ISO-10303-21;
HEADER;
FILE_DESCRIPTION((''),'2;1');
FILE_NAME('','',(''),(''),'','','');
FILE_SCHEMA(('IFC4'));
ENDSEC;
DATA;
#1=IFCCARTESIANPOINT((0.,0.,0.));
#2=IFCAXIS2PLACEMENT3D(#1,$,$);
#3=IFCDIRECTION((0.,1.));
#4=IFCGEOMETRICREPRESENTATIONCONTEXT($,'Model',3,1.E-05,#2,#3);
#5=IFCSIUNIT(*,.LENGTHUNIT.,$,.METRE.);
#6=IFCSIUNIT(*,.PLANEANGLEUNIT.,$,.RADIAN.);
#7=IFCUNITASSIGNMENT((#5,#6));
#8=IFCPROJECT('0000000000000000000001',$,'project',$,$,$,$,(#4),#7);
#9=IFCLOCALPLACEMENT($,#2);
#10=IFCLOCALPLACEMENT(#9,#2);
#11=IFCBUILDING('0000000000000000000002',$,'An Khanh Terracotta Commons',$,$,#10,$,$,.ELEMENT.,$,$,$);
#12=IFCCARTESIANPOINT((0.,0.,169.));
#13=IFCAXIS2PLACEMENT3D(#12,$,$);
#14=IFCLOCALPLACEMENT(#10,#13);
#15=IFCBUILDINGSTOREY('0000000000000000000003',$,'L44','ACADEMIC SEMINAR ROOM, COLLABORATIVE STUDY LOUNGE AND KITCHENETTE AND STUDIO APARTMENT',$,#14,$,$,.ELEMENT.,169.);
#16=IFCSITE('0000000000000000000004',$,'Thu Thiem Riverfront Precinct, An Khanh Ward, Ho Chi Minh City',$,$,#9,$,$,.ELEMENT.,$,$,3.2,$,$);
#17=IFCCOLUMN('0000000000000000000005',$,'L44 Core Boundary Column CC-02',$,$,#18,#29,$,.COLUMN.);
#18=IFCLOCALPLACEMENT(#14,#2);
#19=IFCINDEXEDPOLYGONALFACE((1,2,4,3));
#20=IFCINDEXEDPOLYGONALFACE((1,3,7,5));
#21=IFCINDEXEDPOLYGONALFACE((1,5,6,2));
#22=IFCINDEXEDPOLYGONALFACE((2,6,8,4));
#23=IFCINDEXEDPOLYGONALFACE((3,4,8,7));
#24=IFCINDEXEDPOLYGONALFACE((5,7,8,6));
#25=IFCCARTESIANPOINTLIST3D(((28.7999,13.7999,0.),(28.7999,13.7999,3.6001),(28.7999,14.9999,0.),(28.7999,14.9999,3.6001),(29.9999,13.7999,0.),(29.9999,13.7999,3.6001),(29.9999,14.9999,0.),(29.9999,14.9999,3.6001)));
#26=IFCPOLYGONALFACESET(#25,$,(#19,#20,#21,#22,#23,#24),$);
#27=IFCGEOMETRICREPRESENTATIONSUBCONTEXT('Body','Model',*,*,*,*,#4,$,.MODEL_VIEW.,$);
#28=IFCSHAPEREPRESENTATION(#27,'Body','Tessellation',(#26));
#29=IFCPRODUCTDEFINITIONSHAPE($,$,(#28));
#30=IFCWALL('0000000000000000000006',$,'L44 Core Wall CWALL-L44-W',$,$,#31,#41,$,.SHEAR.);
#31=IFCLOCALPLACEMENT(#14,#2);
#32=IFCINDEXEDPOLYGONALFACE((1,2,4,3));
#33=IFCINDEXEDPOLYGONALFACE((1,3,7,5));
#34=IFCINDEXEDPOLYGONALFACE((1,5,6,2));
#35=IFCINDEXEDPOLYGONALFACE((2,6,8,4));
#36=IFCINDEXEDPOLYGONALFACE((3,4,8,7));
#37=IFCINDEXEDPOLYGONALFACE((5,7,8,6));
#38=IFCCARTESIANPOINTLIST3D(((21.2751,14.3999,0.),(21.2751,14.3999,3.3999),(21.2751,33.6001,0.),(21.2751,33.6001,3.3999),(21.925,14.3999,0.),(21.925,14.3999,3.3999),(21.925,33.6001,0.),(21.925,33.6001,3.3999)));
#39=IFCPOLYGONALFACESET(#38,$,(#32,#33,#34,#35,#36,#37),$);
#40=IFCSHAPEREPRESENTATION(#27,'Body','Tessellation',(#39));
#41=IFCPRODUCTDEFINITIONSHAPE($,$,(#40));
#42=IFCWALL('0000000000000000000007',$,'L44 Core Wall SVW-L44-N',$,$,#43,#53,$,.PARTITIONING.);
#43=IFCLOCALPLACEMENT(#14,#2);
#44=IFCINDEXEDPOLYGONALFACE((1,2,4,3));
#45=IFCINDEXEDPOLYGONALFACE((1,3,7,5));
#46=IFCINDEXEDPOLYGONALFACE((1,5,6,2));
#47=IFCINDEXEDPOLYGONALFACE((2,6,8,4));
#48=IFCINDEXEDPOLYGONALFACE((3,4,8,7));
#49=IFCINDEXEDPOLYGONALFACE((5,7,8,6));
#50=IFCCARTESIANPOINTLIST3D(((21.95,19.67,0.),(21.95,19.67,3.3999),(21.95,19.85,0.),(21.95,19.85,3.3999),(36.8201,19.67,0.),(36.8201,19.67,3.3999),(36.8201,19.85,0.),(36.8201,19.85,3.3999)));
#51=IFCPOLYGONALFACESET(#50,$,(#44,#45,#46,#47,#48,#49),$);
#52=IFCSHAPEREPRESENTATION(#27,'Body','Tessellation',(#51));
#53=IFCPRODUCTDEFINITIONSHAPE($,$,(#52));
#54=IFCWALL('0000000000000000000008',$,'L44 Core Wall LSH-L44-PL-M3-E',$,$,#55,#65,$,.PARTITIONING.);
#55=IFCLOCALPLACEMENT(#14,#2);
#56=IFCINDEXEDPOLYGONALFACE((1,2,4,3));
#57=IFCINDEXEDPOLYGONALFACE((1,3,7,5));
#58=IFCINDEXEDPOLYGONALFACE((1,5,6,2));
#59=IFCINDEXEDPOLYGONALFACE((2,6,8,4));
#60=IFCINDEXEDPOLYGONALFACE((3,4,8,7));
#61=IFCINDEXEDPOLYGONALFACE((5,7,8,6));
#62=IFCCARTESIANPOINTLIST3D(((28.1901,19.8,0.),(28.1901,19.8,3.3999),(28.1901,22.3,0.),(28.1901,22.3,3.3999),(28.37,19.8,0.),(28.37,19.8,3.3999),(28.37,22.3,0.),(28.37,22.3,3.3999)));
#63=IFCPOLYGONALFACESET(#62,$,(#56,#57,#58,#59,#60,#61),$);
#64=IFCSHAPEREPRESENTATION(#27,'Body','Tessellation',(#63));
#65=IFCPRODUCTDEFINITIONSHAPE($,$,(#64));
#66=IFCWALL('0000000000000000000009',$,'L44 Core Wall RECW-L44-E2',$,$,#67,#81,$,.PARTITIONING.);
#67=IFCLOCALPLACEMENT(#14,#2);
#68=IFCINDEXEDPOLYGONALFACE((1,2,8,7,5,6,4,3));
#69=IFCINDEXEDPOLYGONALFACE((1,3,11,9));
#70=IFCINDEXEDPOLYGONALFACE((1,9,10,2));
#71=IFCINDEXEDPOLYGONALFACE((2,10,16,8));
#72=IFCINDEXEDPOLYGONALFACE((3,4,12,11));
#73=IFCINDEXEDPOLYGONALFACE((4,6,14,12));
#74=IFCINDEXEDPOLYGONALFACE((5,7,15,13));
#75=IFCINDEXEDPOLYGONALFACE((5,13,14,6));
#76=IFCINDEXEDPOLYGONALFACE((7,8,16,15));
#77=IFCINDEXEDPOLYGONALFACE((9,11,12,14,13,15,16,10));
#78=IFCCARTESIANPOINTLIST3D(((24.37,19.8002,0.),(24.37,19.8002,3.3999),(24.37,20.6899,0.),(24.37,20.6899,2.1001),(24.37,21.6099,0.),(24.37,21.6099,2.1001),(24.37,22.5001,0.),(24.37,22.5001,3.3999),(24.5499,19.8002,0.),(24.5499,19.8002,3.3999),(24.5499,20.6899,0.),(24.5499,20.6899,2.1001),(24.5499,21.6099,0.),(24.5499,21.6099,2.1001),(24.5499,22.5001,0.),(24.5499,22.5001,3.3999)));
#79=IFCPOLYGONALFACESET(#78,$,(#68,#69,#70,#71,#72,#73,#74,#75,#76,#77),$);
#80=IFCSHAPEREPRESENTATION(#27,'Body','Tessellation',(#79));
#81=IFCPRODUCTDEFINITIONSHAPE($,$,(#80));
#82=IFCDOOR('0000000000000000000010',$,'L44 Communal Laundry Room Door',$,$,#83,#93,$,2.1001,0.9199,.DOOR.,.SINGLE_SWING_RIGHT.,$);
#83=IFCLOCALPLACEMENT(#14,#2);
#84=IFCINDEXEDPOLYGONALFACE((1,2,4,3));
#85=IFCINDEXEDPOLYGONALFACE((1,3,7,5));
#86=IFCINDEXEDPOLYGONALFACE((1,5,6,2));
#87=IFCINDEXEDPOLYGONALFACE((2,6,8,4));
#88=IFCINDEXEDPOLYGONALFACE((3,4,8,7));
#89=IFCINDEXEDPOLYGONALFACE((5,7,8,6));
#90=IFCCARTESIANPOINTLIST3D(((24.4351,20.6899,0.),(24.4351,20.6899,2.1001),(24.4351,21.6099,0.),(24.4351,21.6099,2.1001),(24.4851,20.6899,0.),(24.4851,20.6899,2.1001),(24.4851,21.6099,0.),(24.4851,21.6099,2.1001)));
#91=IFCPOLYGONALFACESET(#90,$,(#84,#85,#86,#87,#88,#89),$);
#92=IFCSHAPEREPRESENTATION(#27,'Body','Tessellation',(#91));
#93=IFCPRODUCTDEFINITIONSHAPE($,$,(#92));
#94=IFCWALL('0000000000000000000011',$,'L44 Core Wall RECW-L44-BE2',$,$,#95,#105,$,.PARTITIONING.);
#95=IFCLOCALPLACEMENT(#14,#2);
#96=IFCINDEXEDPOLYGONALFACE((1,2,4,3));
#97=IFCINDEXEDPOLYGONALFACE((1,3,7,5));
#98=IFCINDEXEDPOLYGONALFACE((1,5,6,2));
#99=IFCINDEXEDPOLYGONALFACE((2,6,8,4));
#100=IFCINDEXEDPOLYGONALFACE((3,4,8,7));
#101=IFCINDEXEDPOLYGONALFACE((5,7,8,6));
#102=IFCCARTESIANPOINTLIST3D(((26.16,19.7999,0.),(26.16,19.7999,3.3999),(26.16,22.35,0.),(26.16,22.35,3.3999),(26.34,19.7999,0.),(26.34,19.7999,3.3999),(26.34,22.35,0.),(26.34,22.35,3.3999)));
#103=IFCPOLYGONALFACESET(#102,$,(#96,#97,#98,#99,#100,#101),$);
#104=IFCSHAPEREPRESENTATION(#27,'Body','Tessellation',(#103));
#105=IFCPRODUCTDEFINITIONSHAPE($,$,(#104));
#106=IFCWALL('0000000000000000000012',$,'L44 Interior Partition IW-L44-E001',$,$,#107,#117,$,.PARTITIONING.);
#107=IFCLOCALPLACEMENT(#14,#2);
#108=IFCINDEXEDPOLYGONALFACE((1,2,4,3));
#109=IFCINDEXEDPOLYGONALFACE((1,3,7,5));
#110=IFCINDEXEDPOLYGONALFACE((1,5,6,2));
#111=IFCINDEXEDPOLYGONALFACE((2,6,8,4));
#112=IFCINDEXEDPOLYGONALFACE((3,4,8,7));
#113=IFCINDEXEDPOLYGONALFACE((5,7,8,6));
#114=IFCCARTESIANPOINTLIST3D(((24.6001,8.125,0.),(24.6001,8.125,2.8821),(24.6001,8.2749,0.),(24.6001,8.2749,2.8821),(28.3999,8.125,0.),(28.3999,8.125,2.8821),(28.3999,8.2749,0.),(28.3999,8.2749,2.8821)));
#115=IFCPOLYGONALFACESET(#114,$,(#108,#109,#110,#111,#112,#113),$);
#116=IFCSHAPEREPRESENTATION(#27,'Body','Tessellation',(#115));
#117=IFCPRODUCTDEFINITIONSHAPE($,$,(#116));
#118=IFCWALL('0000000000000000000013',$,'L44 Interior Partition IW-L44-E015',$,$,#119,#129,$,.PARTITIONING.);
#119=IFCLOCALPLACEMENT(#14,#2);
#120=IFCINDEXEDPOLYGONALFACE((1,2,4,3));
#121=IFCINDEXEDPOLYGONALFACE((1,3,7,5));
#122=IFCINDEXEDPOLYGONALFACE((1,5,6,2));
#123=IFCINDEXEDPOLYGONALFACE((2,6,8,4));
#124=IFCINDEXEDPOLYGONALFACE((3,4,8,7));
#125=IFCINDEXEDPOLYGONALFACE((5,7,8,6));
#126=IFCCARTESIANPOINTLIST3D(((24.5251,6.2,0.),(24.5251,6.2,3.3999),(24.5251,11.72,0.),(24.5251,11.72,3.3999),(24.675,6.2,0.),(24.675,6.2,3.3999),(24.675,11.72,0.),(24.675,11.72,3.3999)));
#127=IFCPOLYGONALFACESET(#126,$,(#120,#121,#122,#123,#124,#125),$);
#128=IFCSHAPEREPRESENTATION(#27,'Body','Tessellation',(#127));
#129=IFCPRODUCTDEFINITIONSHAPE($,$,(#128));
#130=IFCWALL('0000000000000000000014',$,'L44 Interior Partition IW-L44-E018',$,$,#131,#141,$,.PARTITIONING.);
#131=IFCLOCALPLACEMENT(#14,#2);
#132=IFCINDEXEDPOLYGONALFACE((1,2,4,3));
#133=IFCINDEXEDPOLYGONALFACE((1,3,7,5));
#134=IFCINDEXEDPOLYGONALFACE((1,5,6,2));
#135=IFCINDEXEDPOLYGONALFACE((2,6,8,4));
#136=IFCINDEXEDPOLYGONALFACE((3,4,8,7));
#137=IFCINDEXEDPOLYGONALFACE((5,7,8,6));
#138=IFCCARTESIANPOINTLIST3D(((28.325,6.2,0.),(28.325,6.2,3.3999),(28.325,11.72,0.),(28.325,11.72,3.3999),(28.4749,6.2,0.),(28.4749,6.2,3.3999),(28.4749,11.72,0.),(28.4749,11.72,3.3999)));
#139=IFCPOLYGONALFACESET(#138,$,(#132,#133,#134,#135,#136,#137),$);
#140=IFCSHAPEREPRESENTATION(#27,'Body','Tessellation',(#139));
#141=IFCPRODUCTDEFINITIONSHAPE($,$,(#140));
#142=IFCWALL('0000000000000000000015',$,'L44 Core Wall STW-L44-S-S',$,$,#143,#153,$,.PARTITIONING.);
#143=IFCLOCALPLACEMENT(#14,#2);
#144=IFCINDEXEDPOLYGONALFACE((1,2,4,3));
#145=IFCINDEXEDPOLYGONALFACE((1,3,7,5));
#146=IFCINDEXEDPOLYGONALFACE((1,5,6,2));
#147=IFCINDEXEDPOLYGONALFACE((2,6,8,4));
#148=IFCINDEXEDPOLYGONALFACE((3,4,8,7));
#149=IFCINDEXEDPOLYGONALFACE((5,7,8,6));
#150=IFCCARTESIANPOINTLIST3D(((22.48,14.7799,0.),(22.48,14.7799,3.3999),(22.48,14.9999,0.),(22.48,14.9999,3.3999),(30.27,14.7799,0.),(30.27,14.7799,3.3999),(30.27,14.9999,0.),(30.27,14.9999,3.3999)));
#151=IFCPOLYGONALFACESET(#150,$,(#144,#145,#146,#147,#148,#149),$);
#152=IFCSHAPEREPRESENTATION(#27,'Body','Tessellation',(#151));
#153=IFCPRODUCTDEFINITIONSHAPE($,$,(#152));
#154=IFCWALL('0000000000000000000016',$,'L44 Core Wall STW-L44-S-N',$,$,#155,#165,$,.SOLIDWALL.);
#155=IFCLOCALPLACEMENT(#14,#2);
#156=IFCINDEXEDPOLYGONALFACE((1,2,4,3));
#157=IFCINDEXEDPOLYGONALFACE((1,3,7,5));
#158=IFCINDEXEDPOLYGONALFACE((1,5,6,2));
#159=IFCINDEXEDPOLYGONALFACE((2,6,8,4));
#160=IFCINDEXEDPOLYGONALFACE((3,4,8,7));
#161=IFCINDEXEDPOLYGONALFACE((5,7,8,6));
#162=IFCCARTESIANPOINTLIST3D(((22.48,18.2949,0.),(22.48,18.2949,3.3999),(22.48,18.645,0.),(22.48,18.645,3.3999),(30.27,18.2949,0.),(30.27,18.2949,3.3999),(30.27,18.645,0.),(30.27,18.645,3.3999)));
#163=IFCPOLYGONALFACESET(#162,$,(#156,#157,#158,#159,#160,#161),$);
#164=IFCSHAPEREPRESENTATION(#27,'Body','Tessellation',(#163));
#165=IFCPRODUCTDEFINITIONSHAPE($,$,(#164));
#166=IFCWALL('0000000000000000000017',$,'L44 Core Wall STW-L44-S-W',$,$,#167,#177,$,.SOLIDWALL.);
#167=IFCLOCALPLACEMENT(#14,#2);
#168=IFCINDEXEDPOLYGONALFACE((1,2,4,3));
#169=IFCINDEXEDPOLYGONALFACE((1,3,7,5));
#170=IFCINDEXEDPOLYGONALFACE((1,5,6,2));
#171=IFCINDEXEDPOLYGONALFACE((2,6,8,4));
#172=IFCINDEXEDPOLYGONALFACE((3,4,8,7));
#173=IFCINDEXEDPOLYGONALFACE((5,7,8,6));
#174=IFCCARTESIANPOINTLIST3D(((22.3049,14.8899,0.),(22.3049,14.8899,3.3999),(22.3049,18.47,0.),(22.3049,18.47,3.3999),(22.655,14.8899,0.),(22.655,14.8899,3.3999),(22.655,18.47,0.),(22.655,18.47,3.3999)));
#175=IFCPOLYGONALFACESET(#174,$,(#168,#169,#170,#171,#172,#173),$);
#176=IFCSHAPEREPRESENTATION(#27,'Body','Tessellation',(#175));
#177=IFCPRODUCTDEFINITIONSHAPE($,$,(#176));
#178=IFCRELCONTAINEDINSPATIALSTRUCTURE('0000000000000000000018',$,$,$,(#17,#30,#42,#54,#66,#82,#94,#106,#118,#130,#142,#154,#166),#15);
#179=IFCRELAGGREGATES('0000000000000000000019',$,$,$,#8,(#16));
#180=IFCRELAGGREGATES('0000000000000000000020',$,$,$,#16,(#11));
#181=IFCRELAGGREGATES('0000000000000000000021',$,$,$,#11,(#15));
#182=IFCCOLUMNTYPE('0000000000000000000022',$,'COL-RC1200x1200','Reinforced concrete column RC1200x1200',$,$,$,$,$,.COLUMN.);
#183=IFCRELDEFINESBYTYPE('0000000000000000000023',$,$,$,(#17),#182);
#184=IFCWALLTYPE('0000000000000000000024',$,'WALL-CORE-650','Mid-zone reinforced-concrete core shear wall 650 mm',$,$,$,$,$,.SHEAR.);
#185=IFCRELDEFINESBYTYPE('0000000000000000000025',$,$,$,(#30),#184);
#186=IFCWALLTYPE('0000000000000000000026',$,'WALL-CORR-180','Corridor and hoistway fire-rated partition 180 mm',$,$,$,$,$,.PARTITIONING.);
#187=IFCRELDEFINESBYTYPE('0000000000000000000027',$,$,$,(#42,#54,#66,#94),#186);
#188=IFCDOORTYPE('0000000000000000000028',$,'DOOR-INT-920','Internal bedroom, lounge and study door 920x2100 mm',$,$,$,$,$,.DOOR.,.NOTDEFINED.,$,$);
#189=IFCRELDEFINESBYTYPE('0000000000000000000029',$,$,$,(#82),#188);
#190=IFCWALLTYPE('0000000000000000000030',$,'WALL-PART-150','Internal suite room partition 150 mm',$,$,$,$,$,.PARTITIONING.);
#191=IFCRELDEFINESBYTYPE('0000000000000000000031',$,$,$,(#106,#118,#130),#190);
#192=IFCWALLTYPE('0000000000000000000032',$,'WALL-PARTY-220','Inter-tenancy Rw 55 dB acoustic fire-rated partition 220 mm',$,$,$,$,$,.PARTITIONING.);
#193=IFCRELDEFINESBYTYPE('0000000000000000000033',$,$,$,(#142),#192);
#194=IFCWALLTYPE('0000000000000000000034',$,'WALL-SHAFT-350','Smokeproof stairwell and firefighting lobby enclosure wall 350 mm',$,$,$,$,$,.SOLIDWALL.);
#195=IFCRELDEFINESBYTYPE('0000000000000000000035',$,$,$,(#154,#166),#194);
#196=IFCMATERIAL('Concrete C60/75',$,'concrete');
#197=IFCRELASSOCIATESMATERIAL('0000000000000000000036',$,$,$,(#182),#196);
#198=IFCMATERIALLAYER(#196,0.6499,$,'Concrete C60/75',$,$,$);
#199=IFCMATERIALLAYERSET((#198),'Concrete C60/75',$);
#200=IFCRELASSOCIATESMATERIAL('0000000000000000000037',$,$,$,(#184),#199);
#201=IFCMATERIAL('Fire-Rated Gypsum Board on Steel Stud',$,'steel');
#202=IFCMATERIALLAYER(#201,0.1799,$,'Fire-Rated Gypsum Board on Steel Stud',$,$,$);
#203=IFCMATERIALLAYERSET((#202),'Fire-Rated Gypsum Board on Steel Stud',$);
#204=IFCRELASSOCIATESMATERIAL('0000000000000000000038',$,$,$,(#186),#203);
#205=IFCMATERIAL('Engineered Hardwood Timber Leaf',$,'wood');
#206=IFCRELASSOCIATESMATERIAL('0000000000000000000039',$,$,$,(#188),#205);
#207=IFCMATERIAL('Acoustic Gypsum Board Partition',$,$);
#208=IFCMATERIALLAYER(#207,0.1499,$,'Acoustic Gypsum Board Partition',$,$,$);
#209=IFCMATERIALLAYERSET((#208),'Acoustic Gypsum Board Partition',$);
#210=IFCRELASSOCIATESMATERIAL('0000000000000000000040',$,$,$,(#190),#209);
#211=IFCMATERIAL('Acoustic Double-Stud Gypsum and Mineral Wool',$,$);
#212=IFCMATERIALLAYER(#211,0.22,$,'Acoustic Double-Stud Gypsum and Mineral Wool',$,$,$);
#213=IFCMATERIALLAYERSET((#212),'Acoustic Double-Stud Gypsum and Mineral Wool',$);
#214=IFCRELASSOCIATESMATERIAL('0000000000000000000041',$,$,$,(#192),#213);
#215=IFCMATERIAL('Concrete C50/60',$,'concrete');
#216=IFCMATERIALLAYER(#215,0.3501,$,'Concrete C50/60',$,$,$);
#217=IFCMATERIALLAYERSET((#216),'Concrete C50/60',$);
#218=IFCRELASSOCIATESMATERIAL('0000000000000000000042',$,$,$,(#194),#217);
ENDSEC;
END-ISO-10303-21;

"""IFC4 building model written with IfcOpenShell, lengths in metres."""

from ifc_helpers import new_model, si_unit, direction, frame, frame_2d, origin, origin_2d, place, context, subcontext, project, spatial, rectangle, extrude, material, layer, layer_set, material_profile, profile_set, type_object, element, fill, save


model = new_model("IFC4")

# Units and contexts
model_context = context("Model", 3, precision=1e-05, world=origin(), true_north=direction((0.0, 1.0)))
body_context = subcontext(model_context, "Body", "Model", "MODEL_VIEW")
ifc_project = project(units=[si_unit("LENGTHUNIT", "METRE"), si_unit("PLANEANGLEUNIT", "RADIAN")], contexts=[model_context])

# Site, building, storey
site_placement = place(None, origin())
site = spatial("IfcSite", under=ifc_project, at=site_placement, Name="Thu Thiem Riverfront Precinct, An Khanh Ward, Ho Chi Minh City", CompositionType="ELEMENT", RefElevation=3.2)
building_placement = place(site_placement, origin())
building = spatial("IfcBuilding", under=site, at=building_placement, Name="An Khanh Terracotta Commons", CompositionType="ELEMENT")
storey_placement = place(building_placement, frame((0.0, 0.0, 169.0)))
storey = spatial("IfcBuildingStorey", under=building, at=storey_placement, Name="L44", Description="ACADEMIC SEMINAR ROOM, COLLABORATIVE STUDY LOUNGE AND KITCHENETTE AND STUDIO APARTMENT", CompositionType="ELEMENT", Elevation=169.0)

# Column
ifc_material_1 = material(Name="Concrete C60/75", Category="concrete")
ifc_material_profile = material_profile(ifc_material_1, rectangle(XDim=1.2, YDim=1.2, at=origin_2d()), Name="RC1200x1200")
ifc_profile_set = profile_set([ifc_material_profile], Name="Concrete C60/75")
column_type = type_object("IfcColumnType", Name="COL-RC1200x1200", Description="Reinforced concrete column RC1200x1200", PredefinedType="COLUMN", material=ifc_profile_set)
column_placement = place(storey_placement, frame((29.3999, 14.3999, 0.0), z_axis=(0.0, 0.0, 1.0), x_axis=(1.0, 0.0, 0.0)))
element("IfcColumn", 1, at=column_placement, inside=storey, type_object=column_type, Name="L44 Core Boundary Column CC-02", PredefinedType="COLUMN", context=body_context, shape_type="SweptSolid", body=[
    extrude(rectangle(XDim=1.2, YDim=1.2, at=origin_2d()), origin(), (0.0, 0.0, 1.0), 3.6001),
])

# Walls
ifc_layer_1 = layer(ifc_material_1, 0.6499, Name="Concrete C60/75")
ifc_layer_set_1 = layer_set([ifc_layer_1], Name="Concrete C60/75")
wall_type_1 = type_object("IfcWallType", Name="WALL-CORE-650", Description="Mid-zone reinforced-concrete core shear wall 650 mm", PredefinedType="SHEAR", material=ifc_layer_set_1)
wall_1_placement = place(storey_placement, frame((21.6001, 14.3999, 0.0), z_axis=(0.0, 0.0, 1.0), x_axis=(0.0, 1.0, 0.0)))
element("IfcWall", 2, at=wall_1_placement, inside=storey, type_object=wall_type_1, Name="L44 Core Wall CWALL-L44-W", PredefinedType="SHEAR", context=body_context, shape_type="SweptSolid", body=[
    extrude(rectangle(XDim=19.2002, YDim=0.6499, at=frame_2d((9.6001, 0.0))), origin(), (0.0, 0.0, 1.0), 3.3999),
])
ifc_material_2 = material(Name="Fire-Rated Gypsum Board on Steel Stud", Category="steel")
ifc_layer_2 = layer(ifc_material_2, 0.1799, Name="Fire-Rated Gypsum Board on Steel Stud")
ifc_layer_set_2 = layer_set([ifc_layer_2], Name="Fire-Rated Gypsum Board on Steel Stud")
wall_type_2 = type_object("IfcWallType", Name="WALL-CORR-180", Description="Corridor and hoistway fire-rated partition 180 mm", PredefinedType="PARTITIONING", material=ifc_layer_set_2)
wall_2_placement = place(storey_placement, frame((21.95, 19.76, 0.0), z_axis=(0.0, 0.0, 1.0), x_axis=(1.0, 0.0, 0.0)))
element("IfcWall", 3, at=wall_2_placement, inside=storey, type_object=wall_type_2, Name="L44 Core Wall SVW-L44-N", PredefinedType="PARTITIONING", context=body_context, shape_type="SweptSolid", body=[
    extrude(rectangle(XDim=14.8701, YDim=0.1799, at=frame_2d((7.4351, 0.0))), origin(), (0.0, 0.0, 1.0), 3.3999),
])
wall_3_placement = place(storey_placement, frame((28.28, 19.8, 0.0), z_axis=(0.0, 0.0, 1.0), x_axis=(0.0, 1.0, 0.0)))
element("IfcWall", 4, at=wall_3_placement, inside=storey, type_object=wall_type_2, Name="L44 Core Wall LSH-L44-PL-M3-E", PredefinedType="PARTITIONING", context=body_context, shape_type="SweptSolid", body=[
    extrude(rectangle(XDim=2.5, YDim=0.1799, at=frame_2d((1.25, 0.0))), origin(), (0.0, 0.0, 1.0), 3.3999),
])

# Wall, opening, door
wall_4_placement = place(storey_placement, frame((24.46, 19.8, 0.0), z_axis=(0.0, 0.0, 1.0), x_axis=(0.0, 1.0, 0.0)))
wall_4 = element("IfcWall", 5, at=wall_4_placement, inside=storey, type_object=wall_type_2, Name="L44 Core Wall RECW-L44-E2", PredefinedType="PARTITIONING", context=body_context, shape_type="SweptSolid", body=[
    extrude(rectangle(XDim=2.7, YDim=0.1799, at=frame_2d((1.3501, 0.0))), origin(), (0.0, 0.0, 1.0), 3.3999),
])
opening_placement = place(wall_4_placement, frame((0.8899, 0.0, 0.0)))
opening = element("IfcOpeningElement", 6, at=opening_placement, cuts=wall_4, PredefinedType="OPENING", context=body_context, shape_type="SweptSolid", body=[
    extrude(rectangle(XDim=0.9199, YDim=2.1001, at=frame_2d((0.46, 1.05))), frame((0.0, 0.0999, 0.0), z_axis=(0.0, -1.0, 0.0), x_axis=(1.0, 0.0, 0.0)), (0.0, 0.0, 1.0), 0.2),
])
ifc_material_3 = material(Name="Engineered Hardwood Timber Leaf", Category="wood")
door_type = type_object("IfcDoorType", Name="DOOR-INT-920", Description="Internal bedroom, lounge and study door 920x2100 mm", OperationType="NOTDEFINED", PredefinedType="DOOR", material=ifc_material_3)
door_placement = place(opening_placement, origin())
door = element("IfcDoor", 7, at=door_placement, inside=storey, type_object=door_type, Name="L44 Communal Laundry Room Door", OperationType="SINGLE_SWING_RIGHT", OverallHeight=2.1001, OverallWidth=0.9199, PredefinedType="DOOR", context=body_context, shape_type="SweptSolid", body=[
    extrude(rectangle(XDim=0.9199, YDim=2.1001, at=frame_2d((0.46, 1.05))), frame((0.0, 0.0249, 0.0), z_axis=(0.0, -1.0, 0.0), x_axis=(1.0, 0.0, 0.0)), (0.0, 0.0, 1.0), 0.05),
])
fill(opening, door)

# Walls
wall_5_placement = place(storey_placement, frame((26.25, 19.8, 0.0), z_axis=(0.0, 0.0, 1.0), x_axis=(0.0, 1.0, 0.0)))
element("IfcWall", 8, at=wall_5_placement, inside=storey, type_object=wall_type_2, Name="L44 Core Wall RECW-L44-BE2", PredefinedType="PARTITIONING", context=body_context, shape_type="SweptSolid", body=[
    extrude(rectangle(XDim=2.55, YDim=0.1799, at=frame_2d((1.2749, 0.0))), origin(), (0.0, 0.0, 1.0), 3.3999),
])
ifc_material_4 = material(Name="Acoustic Gypsum Board Partition")
ifc_layer_3 = layer(ifc_material_4, 0.1499, Name="Acoustic Gypsum Board Partition")
ifc_layer_set_3 = layer_set([ifc_layer_3], Name="Acoustic Gypsum Board Partition")
wall_type_3 = type_object("IfcWallType", Name="WALL-PART-150", Description="Internal suite room partition 150 mm", PredefinedType="PARTITIONING", material=ifc_layer_set_3)
wall_6_placement = place(storey_placement, frame((24.6001, 8.2, 0.0), z_axis=(0.0, 0.0, 1.0), x_axis=(1.0, 0.0, 0.0)))
element("IfcWall", 9, at=wall_6_placement, inside=storey, type_object=wall_type_3, Name="L44 Interior Partition IW-L44-E001", PredefinedType="PARTITIONING", context=body_context, shape_type="SweptSolid", body=[
    extrude(rectangle(XDim=3.7998, YDim=0.1499, at=frame_2d((1.8999, 0.0))), origin(), (0.0, 0.0, 1.0), 2.8821),
])
for number, where, z_axis, x_axis, name in (
    (10, (24.6001, 6.2, 0.0), (0.0, 0.0, 1.0), (0.0, 1.0, 0.0), "L44 Interior Partition IW-L44-E015"),
    (11, (28.3999, 6.2, 0.0), (0.0, 0.0, 1.0), (0.0, 1.0, 0.0), "L44 Interior Partition IW-L44-E018"),
):
    element("IfcWall", number, at=place(storey_placement, frame(where, z_axis=z_axis, x_axis=x_axis)), inside=storey, type_object=wall_type_3, Name=name, PredefinedType="PARTITIONING", context=body_context, shape_type="SweptSolid", body=[
        extrude(rectangle(XDim=5.52, YDim=0.1499, at=frame_2d((2.76, 0.0))), origin(), (0.0, 0.0, 1.0), 3.3999),
    ])
ifc_material_5 = material(Name="Acoustic Double-Stud Gypsum and Mineral Wool")
ifc_layer_4 = layer(ifc_material_5, 0.22, Name="Acoustic Double-Stud Gypsum and Mineral Wool")
ifc_layer_set_4 = layer_set([ifc_layer_4], Name="Acoustic Double-Stud Gypsum and Mineral Wool")
wall_type_4 = type_object("IfcWallType", Name="WALL-PARTY-220", Description="Inter-tenancy Rw 55 dB acoustic fire-rated partition 220 mm", PredefinedType="PARTITIONING", material=ifc_layer_set_4)
wall_7_placement = place(storey_placement, frame((22.48, 14.8899, 0.0), z_axis=(0.0, 0.0, 1.0), x_axis=(1.0, 0.0, 0.0)))
element("IfcWall", 12, at=wall_7_placement, inside=storey, type_object=wall_type_4, Name="L44 Core Wall STW-L44-S-S", PredefinedType="PARTITIONING", context=body_context, shape_type="SweptSolid", body=[
    extrude(rectangle(XDim=7.79, YDim=0.22, at=frame_2d((3.895, 0.0))), origin(), (0.0, 0.0, 1.0), 3.3999),
])
ifc_material_6 = material(Name="Concrete C50/60", Category="concrete")
ifc_layer_5 = layer(ifc_material_6, 0.3501, Name="Concrete C50/60")
ifc_layer_set_5 = layer_set([ifc_layer_5], Name="Concrete C50/60")
wall_type_5 = type_object("IfcWallType", Name="WALL-SHAFT-350", Description="Smokeproof stairwell and firefighting lobby enclosure wall 350 mm", PredefinedType="SOLIDWALL", material=ifc_layer_set_5)
wall_8_placement = place(storey_placement, frame((22.48, 18.47, 0.0), z_axis=(0.0, 0.0, 1.0), x_axis=(1.0, 0.0, 0.0)))
element("IfcWall", 13, at=wall_8_placement, inside=storey, type_object=wall_type_5, Name="L44 Core Wall STW-L44-S-N", PredefinedType="SOLIDWALL", context=body_context, shape_type="SweptSolid", body=[
    extrude(rectangle(XDim=7.79, YDim=0.3501, at=frame_2d((3.895, 0.0))), origin(), (0.0, 0.0, 1.0), 3.3999),
])
wall_9_placement = place(storey_placement, frame((22.48, 14.8899, 0.0), z_axis=(0.0, 0.0, 1.0), x_axis=(0.0, 1.0, 0.0)))
element("IfcWall", 14, at=wall_9_placement, inside=storey, type_object=wall_type_5, Name="L44 Core Wall STW-L44-S-W", PredefinedType="SOLIDWALL", context=body_context, shape_type="SweptSolid", body=[
    extrude(rectangle(XDim=3.5801, YDim=0.3501, at=frame_2d((1.79, 0.0))), origin(), (0.0, 0.0, 1.0), 3.3999),
])

save(model, "model.ifc")
